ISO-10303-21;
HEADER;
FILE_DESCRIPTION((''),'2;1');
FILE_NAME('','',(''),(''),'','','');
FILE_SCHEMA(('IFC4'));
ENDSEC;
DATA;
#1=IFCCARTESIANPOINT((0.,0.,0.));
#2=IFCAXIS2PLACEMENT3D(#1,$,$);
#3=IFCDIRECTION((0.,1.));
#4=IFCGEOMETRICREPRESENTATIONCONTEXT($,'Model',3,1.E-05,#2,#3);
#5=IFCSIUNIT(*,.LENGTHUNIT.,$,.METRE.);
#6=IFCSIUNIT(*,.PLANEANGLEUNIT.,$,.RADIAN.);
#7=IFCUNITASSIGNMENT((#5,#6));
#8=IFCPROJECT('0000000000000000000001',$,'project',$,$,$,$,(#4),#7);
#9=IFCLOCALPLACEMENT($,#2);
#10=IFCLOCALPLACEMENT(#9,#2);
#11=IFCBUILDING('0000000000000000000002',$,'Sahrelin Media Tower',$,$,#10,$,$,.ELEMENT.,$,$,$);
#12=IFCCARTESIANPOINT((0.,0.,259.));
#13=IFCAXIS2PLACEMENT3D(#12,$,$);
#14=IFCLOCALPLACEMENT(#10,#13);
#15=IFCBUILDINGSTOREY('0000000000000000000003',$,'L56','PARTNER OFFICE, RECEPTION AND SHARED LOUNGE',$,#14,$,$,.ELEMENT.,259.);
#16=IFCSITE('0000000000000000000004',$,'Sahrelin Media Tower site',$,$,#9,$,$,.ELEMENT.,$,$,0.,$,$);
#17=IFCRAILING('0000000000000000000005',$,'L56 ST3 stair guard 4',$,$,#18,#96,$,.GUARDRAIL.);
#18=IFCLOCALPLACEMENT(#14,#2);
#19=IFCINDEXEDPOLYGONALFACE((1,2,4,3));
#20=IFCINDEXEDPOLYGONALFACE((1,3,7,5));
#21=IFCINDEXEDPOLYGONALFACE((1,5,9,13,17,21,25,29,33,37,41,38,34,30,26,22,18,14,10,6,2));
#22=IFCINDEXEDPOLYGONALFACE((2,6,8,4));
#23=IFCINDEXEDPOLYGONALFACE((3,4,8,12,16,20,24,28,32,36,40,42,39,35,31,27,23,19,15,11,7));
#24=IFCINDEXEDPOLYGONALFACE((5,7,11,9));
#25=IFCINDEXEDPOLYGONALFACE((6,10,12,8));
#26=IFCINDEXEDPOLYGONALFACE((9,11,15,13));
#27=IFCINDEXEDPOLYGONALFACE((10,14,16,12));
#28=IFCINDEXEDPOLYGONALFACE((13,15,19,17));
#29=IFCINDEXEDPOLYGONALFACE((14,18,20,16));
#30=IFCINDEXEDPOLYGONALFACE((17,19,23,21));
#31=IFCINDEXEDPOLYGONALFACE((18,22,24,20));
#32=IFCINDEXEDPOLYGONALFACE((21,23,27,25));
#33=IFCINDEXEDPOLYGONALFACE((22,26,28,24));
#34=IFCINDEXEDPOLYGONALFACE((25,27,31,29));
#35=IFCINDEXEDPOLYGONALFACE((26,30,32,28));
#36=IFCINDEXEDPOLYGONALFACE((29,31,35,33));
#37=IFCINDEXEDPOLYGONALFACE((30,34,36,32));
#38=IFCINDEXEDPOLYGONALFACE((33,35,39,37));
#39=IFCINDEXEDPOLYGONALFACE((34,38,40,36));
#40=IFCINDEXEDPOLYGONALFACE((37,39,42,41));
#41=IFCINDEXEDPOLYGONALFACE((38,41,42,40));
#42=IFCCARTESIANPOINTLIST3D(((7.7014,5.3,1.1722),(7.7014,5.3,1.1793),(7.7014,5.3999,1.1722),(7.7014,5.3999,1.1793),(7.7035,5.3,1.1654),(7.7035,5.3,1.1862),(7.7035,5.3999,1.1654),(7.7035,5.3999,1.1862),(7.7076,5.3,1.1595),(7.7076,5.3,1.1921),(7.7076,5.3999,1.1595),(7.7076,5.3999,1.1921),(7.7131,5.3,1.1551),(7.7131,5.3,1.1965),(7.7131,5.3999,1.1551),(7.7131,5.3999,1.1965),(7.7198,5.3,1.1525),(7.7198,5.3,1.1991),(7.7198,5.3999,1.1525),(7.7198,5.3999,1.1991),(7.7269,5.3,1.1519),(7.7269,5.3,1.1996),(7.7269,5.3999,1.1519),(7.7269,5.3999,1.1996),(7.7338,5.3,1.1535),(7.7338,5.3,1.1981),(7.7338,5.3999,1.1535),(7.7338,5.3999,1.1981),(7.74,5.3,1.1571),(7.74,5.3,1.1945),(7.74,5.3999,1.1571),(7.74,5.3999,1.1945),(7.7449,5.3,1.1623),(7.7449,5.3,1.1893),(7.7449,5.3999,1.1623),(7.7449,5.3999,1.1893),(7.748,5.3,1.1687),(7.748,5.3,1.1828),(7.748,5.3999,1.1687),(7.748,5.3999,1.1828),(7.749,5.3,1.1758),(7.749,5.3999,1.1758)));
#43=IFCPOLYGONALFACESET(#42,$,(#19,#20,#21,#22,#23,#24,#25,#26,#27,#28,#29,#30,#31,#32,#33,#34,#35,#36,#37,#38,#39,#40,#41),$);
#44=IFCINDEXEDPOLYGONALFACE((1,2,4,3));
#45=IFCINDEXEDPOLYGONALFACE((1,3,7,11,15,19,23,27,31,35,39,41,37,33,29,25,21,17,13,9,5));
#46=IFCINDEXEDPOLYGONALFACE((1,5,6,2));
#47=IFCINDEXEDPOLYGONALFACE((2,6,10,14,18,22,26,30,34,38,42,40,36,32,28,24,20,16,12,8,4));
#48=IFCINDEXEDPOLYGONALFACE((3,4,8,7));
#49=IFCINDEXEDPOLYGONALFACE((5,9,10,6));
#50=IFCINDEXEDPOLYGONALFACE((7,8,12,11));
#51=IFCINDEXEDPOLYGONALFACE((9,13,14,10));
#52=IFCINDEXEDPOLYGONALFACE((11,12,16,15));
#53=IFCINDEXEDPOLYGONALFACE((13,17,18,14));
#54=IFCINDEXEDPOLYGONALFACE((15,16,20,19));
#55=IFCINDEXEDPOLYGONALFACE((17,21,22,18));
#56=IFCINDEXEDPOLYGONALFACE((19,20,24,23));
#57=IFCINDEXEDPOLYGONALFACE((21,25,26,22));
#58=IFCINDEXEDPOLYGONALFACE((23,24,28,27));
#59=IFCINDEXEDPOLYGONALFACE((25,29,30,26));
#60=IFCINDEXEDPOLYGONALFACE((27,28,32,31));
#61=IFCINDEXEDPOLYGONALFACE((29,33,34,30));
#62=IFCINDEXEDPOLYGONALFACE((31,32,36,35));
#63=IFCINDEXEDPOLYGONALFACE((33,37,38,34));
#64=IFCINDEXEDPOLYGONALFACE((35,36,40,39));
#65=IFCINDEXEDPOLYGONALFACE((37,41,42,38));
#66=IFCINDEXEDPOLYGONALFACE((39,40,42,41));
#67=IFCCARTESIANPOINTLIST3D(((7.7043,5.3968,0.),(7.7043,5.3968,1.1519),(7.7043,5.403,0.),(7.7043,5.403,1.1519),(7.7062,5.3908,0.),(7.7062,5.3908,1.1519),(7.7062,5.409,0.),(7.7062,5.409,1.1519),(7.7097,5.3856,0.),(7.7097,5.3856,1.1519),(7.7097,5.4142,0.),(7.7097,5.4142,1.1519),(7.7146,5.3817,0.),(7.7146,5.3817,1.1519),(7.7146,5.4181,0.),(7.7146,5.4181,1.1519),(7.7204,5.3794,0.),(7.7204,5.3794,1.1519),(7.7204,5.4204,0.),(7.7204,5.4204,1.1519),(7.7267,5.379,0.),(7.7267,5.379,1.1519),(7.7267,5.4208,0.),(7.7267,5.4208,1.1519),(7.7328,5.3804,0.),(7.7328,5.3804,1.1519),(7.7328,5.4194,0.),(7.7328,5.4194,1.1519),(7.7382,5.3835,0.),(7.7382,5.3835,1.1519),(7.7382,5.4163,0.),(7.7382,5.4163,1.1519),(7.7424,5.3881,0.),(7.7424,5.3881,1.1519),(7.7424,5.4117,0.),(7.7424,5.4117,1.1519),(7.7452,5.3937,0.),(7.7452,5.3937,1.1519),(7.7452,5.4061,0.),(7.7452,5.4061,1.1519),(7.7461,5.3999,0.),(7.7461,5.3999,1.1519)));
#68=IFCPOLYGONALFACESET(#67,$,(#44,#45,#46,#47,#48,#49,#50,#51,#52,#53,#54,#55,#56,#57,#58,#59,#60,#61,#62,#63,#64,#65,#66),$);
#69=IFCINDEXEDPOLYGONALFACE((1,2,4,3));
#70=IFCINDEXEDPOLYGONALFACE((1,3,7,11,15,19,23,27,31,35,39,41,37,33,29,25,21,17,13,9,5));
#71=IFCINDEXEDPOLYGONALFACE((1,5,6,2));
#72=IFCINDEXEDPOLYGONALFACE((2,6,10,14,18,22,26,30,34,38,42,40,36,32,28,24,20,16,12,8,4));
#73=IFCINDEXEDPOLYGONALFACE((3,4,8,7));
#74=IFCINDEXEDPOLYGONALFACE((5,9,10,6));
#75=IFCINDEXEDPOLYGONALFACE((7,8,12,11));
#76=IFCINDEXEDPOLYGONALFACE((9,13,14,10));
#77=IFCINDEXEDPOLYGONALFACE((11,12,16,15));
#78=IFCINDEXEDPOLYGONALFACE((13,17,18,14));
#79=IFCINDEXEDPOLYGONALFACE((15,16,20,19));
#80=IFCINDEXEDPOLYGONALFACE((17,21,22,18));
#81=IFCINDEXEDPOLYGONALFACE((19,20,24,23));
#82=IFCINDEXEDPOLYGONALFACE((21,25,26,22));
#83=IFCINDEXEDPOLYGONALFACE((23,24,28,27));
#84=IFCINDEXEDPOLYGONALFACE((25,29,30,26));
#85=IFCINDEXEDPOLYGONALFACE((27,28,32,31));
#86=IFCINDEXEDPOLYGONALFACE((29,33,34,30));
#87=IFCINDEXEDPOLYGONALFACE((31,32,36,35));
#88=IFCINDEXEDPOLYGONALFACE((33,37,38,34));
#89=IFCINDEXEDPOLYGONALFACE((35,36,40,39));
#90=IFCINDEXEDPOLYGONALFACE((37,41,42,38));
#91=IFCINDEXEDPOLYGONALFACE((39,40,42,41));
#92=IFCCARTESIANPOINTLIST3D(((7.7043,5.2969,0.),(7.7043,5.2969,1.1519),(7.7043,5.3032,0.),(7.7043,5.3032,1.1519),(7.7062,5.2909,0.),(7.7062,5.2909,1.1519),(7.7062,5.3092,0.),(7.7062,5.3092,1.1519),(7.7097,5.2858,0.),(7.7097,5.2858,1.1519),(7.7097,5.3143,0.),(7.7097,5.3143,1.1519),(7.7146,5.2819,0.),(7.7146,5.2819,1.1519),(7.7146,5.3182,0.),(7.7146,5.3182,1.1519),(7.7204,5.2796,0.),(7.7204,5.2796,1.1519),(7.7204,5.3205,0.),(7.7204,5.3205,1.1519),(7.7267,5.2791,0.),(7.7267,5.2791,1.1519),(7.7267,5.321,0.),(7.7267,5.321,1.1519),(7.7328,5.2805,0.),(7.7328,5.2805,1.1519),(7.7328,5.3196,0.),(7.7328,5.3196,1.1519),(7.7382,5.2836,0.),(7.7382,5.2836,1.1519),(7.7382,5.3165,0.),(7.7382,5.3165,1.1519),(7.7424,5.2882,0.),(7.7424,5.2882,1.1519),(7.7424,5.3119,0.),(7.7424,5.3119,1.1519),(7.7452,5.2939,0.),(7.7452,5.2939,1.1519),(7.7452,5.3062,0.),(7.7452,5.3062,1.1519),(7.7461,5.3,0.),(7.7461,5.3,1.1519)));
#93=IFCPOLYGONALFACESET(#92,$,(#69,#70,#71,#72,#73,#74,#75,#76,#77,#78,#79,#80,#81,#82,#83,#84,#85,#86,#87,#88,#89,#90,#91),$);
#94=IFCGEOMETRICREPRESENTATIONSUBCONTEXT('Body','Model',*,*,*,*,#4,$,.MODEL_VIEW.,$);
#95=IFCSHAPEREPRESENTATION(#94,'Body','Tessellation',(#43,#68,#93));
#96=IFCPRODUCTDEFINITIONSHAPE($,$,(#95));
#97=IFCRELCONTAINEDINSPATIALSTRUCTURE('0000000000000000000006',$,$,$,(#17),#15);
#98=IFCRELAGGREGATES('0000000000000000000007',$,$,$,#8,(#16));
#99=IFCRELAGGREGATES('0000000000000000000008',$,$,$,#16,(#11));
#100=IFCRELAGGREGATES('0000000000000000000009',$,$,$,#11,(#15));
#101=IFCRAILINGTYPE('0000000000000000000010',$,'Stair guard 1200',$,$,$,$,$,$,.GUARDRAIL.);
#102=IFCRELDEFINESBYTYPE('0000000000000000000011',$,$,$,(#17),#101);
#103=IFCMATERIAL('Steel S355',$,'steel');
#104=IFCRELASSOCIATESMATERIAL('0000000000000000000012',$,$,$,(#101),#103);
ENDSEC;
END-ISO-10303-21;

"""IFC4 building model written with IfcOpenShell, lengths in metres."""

from ifc_helpers import new_model, si_unit, direction, frame, origin, origin_2d, place, context, subcontext, project, spatial, circle, extrude, material, type_object, element, save


model = new_model("IFC4")

# Units and contexts
model_context = context("Model", 3, precision=1e-05, world=origin(), true_north=direction((0.0, 1.0)))
body_context = subcontext(model_context, "Body", "Model", "MODEL_VIEW")
ifc_project = project(units=[si_unit("LENGTHUNIT", "METRE"), si_unit("PLANEANGLEUNIT", "RADIAN")], contexts=[model_context])

# Site, building, storey
site_placement = place(None, origin())
site = spatial("IfcSite", under=ifc_project, at=site_placement, Name="Sahrelin Media Tower site", CompositionType="ELEMENT", RefElevation=0.0)
building_placement = place(site_placement, origin())
building = spatial("IfcBuilding", under=site, at=building_placement, Name="Sahrelin Media Tower", CompositionType="ELEMENT")
storey_placement = place(building_placement, frame((0.0, 0.0, 259.0)))
storey = spatial("IfcBuildingStorey", under=building, at=storey_placement, Name="L56", Description="PARTNER OFFICE, RECEPTION AND SHARED LOUNGE", CompositionType="ELEMENT", Elevation=259.0)

# Shared definitions
ifc_material_1 = material(Name="Steel S355", Category="steel")

# Railing
railing_type_1 = type_object("IfcRailingType", Name="Stair guard 1200", PredefinedType="GUARDRAIL", material=ifc_material_1)
railing_1_placement = place(storey_placement, frame((7.7251, 5.3999, 0.0)))
element("IfcRailing", 1, at=railing_1_placement, inside=storey, type_object=railing_type_1, Name="L56 ST3 stair guard 4", PredefinedType="GUARDRAIL", context=body_context, shape_type="SweptSolid", body=[
    extrude(circle(Radius=0.0239, at=origin_2d()), frame((0.0, 0.0, 1.1758), z_axis=(0.0, -1.0, 0.0), x_axis=(1.0, 0.0, 0.0)), (0.0, 0.0, 1.0), 0.0999),
    extrude(circle(Radius=0.021, at=origin_2d()), origin(), (0.0, 0.0, 1.0), 1.1519),
    extrude(circle(Radius=0.021, at=origin_2d()), frame((0.0, -0.0999, 0.0)), (0.0, 0.0, 1.0), 1.1519),
])

save(model, "model.ifc")
